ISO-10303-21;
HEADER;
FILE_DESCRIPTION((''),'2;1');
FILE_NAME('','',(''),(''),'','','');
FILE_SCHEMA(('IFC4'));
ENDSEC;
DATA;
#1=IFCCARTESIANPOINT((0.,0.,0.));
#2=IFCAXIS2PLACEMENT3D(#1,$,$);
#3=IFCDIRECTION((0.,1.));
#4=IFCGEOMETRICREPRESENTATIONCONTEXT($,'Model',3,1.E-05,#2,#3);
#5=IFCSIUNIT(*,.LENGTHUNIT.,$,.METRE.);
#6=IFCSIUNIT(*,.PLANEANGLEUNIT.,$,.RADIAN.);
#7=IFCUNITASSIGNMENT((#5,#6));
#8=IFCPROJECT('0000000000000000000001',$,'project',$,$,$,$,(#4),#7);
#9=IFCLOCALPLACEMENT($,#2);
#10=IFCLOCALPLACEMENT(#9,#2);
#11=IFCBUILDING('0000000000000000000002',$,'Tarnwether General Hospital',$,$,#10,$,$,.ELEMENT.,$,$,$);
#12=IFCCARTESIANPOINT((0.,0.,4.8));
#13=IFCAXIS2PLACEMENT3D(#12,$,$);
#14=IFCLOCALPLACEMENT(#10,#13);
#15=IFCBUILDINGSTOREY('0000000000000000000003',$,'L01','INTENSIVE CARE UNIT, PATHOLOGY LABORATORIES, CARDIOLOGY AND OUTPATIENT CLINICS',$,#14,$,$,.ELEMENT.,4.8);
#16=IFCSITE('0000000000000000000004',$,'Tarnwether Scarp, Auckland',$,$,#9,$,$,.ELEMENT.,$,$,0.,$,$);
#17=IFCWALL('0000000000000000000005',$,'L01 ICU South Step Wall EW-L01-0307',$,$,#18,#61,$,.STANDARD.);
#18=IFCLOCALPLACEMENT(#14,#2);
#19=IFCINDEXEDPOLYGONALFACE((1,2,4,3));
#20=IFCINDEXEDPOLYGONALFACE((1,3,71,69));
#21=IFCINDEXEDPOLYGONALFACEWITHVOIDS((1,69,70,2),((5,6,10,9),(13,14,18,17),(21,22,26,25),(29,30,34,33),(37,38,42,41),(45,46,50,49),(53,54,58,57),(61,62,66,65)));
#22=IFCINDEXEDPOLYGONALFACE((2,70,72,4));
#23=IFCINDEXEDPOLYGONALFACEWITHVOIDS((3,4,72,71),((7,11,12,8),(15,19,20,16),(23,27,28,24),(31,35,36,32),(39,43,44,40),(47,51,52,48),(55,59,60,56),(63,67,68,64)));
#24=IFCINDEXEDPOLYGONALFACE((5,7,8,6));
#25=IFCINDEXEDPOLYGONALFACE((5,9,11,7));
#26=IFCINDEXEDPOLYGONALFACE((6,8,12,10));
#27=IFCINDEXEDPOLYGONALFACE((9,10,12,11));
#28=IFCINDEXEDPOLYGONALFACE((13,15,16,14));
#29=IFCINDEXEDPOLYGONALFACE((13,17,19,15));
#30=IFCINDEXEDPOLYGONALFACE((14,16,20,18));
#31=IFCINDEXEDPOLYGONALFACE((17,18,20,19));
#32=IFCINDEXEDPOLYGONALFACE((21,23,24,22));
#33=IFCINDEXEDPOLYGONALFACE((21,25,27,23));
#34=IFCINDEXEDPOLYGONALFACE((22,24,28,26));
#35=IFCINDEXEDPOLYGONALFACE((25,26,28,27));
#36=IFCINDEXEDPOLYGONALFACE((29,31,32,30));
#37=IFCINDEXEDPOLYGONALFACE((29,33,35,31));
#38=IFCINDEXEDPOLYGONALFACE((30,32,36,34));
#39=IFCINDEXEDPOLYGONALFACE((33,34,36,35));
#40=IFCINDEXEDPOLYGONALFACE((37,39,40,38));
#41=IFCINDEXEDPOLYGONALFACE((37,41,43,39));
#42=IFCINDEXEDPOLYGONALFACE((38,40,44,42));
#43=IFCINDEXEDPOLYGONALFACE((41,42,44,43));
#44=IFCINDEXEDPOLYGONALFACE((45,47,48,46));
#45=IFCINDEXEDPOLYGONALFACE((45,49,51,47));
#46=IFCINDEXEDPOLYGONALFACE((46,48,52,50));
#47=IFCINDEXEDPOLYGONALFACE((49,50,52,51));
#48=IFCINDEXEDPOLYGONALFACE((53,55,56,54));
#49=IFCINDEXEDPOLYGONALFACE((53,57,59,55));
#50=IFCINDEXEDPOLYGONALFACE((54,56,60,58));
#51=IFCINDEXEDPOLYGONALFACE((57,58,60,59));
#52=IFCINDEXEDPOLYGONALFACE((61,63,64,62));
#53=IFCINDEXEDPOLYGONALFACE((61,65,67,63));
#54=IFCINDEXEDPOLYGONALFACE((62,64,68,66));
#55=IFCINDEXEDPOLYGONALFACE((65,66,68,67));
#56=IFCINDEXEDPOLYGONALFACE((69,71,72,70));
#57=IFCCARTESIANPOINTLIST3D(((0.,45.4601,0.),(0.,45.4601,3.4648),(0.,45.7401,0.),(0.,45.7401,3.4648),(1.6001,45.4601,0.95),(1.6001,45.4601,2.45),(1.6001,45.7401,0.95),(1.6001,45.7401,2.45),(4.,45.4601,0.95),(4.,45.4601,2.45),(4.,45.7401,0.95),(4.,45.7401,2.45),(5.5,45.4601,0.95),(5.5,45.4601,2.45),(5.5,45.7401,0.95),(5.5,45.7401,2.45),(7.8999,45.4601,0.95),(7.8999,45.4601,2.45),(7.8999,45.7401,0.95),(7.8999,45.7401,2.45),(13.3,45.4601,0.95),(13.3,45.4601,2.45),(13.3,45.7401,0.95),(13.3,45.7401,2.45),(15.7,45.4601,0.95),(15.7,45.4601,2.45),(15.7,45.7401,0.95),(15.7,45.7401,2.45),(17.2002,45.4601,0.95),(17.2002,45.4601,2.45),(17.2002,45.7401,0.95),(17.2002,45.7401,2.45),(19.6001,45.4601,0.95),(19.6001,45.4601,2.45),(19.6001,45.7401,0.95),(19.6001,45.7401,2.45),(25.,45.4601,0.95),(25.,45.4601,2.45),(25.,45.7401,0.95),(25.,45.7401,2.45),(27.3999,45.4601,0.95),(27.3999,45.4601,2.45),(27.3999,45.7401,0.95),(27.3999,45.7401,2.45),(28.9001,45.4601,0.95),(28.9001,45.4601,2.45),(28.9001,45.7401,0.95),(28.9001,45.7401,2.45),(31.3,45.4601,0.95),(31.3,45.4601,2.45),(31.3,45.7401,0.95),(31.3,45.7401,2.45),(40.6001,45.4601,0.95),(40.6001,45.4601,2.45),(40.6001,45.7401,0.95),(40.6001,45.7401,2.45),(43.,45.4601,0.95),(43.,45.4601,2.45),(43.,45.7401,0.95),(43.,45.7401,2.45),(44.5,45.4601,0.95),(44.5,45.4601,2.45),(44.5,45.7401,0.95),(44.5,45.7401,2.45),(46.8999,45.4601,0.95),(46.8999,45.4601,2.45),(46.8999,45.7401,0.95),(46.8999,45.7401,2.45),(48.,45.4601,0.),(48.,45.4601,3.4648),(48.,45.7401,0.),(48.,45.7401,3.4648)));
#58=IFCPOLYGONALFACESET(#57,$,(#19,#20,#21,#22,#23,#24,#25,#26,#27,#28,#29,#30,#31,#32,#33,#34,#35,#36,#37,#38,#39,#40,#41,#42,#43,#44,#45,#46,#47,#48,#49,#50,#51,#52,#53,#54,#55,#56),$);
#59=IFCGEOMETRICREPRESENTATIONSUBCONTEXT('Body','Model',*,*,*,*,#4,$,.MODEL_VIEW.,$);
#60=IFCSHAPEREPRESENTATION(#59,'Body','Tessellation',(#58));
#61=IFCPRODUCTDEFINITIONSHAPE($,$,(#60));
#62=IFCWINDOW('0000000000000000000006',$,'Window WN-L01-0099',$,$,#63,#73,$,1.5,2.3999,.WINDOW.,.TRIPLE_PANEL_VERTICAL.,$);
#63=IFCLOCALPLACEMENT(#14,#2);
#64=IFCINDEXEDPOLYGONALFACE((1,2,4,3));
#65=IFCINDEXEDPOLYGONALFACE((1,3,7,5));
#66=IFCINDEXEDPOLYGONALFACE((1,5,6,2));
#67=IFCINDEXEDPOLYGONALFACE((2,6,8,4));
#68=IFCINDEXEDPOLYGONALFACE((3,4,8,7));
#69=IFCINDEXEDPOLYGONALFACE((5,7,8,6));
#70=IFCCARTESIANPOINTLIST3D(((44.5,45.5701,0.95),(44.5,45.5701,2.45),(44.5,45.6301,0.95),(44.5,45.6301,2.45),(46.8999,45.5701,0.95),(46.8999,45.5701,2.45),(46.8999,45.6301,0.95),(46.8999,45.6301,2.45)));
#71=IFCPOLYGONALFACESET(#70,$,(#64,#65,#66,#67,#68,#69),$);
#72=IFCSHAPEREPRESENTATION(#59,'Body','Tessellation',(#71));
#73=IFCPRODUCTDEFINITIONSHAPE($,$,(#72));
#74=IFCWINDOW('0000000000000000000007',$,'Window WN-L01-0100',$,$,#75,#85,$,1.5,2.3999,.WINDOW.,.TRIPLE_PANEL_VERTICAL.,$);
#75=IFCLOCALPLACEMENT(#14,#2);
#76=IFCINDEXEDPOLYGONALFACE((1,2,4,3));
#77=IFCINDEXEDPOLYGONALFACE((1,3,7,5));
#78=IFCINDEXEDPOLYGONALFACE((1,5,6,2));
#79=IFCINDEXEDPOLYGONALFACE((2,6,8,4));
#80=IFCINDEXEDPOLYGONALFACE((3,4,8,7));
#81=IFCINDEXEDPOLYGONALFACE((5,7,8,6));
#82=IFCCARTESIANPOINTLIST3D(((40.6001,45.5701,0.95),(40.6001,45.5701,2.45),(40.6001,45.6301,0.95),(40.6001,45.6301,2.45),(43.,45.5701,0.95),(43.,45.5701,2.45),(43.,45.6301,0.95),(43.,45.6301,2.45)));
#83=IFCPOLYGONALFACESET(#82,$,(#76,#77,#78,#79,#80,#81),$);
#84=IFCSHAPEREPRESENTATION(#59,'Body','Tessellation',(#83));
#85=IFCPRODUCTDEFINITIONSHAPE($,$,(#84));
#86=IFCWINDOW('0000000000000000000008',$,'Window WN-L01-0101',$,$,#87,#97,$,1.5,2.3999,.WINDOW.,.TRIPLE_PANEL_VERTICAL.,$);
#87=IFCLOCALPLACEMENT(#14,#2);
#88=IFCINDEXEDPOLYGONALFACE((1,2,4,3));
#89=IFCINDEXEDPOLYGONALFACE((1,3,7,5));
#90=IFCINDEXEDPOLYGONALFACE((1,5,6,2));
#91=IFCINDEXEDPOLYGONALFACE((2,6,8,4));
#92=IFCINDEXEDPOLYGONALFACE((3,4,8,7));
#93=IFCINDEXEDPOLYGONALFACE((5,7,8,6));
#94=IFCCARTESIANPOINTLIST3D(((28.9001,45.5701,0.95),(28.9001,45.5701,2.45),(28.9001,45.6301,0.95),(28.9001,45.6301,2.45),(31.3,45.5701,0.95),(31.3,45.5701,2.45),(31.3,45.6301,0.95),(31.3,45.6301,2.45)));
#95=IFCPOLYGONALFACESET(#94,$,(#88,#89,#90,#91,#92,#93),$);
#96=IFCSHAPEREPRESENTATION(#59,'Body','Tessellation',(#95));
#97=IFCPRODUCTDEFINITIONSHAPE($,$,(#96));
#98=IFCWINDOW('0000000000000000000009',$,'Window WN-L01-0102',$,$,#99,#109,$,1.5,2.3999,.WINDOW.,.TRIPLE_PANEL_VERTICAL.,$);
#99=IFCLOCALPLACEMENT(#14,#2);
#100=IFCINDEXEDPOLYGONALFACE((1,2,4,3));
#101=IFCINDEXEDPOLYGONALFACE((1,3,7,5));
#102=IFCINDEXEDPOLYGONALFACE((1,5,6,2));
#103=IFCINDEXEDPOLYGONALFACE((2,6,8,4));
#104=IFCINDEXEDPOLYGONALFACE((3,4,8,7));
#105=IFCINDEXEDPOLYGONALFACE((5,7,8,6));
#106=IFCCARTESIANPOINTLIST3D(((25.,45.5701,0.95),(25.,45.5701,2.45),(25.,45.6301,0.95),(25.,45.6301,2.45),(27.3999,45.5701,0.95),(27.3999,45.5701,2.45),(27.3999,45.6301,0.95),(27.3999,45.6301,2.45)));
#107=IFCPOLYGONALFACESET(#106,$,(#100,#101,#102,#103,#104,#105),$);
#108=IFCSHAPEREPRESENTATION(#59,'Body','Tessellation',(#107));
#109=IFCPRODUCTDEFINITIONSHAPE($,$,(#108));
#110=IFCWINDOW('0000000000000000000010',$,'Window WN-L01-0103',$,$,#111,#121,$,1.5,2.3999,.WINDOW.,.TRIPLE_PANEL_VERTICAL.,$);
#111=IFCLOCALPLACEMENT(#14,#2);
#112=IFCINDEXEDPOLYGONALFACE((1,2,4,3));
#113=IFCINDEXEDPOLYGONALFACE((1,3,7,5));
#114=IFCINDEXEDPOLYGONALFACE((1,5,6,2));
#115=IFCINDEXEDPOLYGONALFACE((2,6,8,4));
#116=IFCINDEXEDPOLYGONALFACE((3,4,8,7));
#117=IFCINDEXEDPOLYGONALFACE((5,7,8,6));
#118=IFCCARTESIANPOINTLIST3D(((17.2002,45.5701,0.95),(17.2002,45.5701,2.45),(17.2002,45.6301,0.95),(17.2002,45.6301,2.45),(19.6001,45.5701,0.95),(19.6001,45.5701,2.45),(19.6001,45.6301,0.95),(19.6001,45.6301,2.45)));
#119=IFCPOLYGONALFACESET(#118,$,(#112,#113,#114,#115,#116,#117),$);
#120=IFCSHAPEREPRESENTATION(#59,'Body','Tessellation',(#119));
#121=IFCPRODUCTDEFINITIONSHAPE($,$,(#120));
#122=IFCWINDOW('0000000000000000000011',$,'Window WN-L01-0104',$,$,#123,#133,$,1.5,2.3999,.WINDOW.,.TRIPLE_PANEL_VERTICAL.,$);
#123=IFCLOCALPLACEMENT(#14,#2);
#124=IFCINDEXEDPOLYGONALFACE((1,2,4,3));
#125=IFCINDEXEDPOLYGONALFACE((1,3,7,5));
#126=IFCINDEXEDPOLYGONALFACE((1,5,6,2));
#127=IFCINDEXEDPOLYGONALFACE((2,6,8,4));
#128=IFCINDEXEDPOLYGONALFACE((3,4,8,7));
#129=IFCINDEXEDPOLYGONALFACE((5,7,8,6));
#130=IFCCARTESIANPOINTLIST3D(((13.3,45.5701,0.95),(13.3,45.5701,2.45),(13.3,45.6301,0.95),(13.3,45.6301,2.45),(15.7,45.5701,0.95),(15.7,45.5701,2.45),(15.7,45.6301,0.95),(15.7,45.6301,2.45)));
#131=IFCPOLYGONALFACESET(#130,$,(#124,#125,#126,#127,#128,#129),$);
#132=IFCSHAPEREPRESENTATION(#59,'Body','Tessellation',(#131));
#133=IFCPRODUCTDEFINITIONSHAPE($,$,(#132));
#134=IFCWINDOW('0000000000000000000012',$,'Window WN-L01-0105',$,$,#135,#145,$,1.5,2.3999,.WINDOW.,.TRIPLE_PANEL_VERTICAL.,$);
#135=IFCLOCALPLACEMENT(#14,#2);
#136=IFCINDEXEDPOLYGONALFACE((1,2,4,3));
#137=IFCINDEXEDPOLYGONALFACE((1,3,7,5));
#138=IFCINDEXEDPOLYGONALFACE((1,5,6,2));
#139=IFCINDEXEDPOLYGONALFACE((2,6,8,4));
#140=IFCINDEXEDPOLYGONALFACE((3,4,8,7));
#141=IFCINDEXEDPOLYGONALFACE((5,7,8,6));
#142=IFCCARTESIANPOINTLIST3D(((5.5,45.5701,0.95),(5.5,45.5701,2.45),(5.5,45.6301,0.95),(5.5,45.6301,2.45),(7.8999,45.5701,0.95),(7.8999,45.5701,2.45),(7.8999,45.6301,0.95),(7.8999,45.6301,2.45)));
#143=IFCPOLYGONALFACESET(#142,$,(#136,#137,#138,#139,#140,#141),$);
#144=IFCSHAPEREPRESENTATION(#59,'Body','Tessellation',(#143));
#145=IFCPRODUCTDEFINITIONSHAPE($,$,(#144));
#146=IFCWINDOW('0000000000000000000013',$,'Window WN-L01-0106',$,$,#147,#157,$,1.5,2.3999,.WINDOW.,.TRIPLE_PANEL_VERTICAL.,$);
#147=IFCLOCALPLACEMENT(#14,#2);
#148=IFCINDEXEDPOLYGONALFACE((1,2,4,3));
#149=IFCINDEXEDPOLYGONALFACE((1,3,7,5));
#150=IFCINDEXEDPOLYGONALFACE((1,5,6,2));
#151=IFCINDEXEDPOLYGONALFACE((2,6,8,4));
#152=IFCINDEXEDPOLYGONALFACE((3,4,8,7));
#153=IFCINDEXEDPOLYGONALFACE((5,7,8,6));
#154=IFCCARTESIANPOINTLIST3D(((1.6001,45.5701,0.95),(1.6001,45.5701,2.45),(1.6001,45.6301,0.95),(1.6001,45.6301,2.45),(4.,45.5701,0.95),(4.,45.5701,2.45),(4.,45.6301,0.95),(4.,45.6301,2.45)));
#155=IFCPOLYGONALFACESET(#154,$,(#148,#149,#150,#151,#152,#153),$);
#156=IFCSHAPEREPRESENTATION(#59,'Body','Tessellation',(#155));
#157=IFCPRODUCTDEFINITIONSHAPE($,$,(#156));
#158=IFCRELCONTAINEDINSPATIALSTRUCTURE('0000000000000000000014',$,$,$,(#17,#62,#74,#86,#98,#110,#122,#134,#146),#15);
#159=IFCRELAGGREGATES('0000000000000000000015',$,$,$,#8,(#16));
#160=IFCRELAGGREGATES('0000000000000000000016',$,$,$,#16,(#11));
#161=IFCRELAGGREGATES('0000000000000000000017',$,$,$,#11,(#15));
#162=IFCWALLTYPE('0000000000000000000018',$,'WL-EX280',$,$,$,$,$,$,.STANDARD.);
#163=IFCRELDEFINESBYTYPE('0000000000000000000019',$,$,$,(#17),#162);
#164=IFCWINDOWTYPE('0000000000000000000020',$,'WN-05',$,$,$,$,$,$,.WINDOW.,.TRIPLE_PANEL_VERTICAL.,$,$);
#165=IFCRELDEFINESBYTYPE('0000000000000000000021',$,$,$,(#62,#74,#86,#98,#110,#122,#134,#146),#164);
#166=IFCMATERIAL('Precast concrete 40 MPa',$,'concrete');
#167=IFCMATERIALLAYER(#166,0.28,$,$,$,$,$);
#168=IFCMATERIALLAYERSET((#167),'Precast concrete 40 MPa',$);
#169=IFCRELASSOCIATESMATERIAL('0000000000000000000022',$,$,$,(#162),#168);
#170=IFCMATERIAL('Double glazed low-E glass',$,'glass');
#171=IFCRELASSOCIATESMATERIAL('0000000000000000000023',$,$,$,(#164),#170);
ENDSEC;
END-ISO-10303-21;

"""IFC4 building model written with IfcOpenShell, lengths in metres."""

from ifc_helpers import new_model, si_unit, direction, frame, frame_2d, origin, place, context, subcontext, project, spatial, rectangle, extrude, material, layer, layer_set, type_object, element, fill, save


model = new_model("IFC4")

# Units and contexts
model_context = context("Model", 3, precision=1e-05, world=origin(), true_north=direction((0.0, 1.0)))
body_context = subcontext(model_context, "Body", "Model", "MODEL_VIEW")
ifc_project = project(units=[si_unit("LENGTHUNIT", "METRE"), si_unit("PLANEANGLEUNIT", "RADIAN")], contexts=[model_context])

# Site, building, storey
site_placement = place(None, origin())
site = spatial("IfcSite", under=ifc_project, at=site_placement, Name="Tarnwether Scarp, Auckland", CompositionType="ELEMENT", RefElevation=0.0)
building_placement = place(site_placement, origin())
building = spatial("IfcBuilding", under=site, at=building_placement, Name="Tarnwether General Hospital", CompositionType="ELEMENT")
storey_placement = place(building_placement, frame((0.0, 0.0, 4.8)))
storey = spatial("IfcBuildingStorey", under=building, at=storey_placement, Name="L01", Description="INTENSIVE CARE UNIT, PATHOLOGY LABORATORIES, CARDIOLOGY AND OUTPATIENT CLINICS", CompositionType="ELEMENT", Elevation=4.8)

# Wall, openings, windows
ifc_material_1 = material(Name="Precast concrete 40 MPa", Category="concrete")
ifc_layer_1 = layer(ifc_material_1, 0.28)
ifc_layer_set_1 = layer_set([ifc_layer_1], Name="Precast concrete 40 MPa")
wall_type = type_object("IfcWallType", Name="WL-EX280", PredefinedType="STANDARD", material=ifc_layer_set_1)
wall_placement = place(storey_placement, frame((48.0, 45.6001, 0.0), z_axis=(0.0, 0.0, 1.0), x_axis=(-1.0, 0.0, 0.0)))
wall = element("IfcWall", 1, at=wall_placement, inside=storey, type_object=wall_type, Name="L01 ICU South Step Wall EW-L01-0307", PredefinedType="STANDARD", context=body_context, shape_type="SweptSolid", body=[
    extrude(rectangle(XDim=48.0, YDim=0.28, at=frame_2d((24.0, 0.0))), origin(), (0.0, 0.0, 1.0), 3.4648),
])
opening_1_placement = place(wall_placement, frame((1.1001, 0.0, 0.95)))
opening_1 = element("IfcOpeningElement", 2, at=opening_1_placement, cuts=wall, PredefinedType="OPENING", context=body_context, shape_type="SweptSolid", body=[
    extrude(rectangle(XDim=2.3999, YDim=1.5, at=frame_2d((1.2, 0.75))), frame((0.0, 0.1499, 0.0), z_axis=(0.0, -1.0, 0.0), x_axis=(1.0, 0.0, 0.0)), (0.0, 0.0, 1.0), 0.3),
])
opening_2_placement = place(wall_placement, frame((5.0, 0.0, 0.95)))
opening_2 = element("IfcOpeningElement", 3, at=opening_2_placement, cuts=wall, PredefinedType="OPENING", context=body_context, shape_type="SweptSolid", body=[
    extrude(rectangle(XDim=2.3999, YDim=1.5, at=frame_2d((1.2, 0.75))), frame((0.0, 0.1499, 0.0), z_axis=(0.0, -1.0, 0.0), x_axis=(1.0, 0.0, 0.0)), (0.0, 0.0, 1.0), 0.3),
])
opening_3_placement = place(wall_placement, frame((16.7, 0.0, 0.95)))
opening_3 = element("IfcOpeningElement", 4, at=opening_3_placement, cuts=wall, PredefinedType="OPENING", context=body_context, shape_type="SweptSolid", body=[
    extrude(rectangle(XDim=2.3999, YDim=1.5, at=frame_2d((1.2, 0.75))), frame((0.0, 0.1499, 0.0), z_axis=(0.0, -1.0, 0.0), x_axis=(1.0, 0.0, 0.0)), (0.0, 0.0, 1.0), 0.3),
])
opening_4_placement = place(wall_placement, frame((20.6001, 0.0, 0.95)))
opening_4 = element("IfcOpeningElement", 5, at=opening_4_placement, cuts=wall, PredefinedType="OPENING", context=body_context, shape_type="SweptSolid", body=[
    extrude(rectangle(XDim=2.3999, YDim=1.5, at=frame_2d((1.2, 0.75))), frame((0.0, 0.1499, 0.0), z_axis=(0.0, -1.0, 0.0), x_axis=(1.0, 0.0, 0.0)), (0.0, 0.0, 1.0), 0.3),
])
opening_5_placement = place(wall_placement, frame((28.3999, 0.0, 0.95)))
opening_5 = element("IfcOpeningElement", 6, at=opening_5_placement, cuts=wall, PredefinedType="OPENING", context=body_context, shape_type="SweptSolid", body=[
    extrude(rectangle(XDim=2.3999, YDim=1.5, at=frame_2d((1.2, 0.75))), frame((0.0, 0.1499, 0.0), z_axis=(0.0, -1.0, 0.0), x_axis=(1.0, 0.0, 0.0)), (0.0, 0.0, 1.0), 0.3),
])
opening_6_placement = place(wall_placement, frame((32.3, 0.0, 0.95)))
opening_6 = element("IfcOpeningElement", 7, at=opening_6_placement, cuts=wall, PredefinedType="OPENING", context=body_context, shape_type="SweptSolid", body=[
    extrude(rectangle(XDim=2.3999, YDim=1.5, at=frame_2d((1.2, 0.75))), frame((0.0, 0.1499, 0.0), z_axis=(0.0, -1.0, 0.0), x_axis=(1.0, 0.0, 0.0)), (0.0, 0.0, 1.0), 0.3),
])
opening_7_placement = place(wall_placement, frame((40.1001, 0.0, 0.95)))
opening_7 = element("IfcOpeningElement", 8, at=opening_7_placement, cuts=wall, PredefinedType="OPENING", context=body_context, shape_type="SweptSolid", body=[
    extrude(rectangle(XDim=2.3999, YDim=1.5, at=frame_2d((1.2, 0.75))), frame((0.0, 0.1499, 0.0), z_axis=(0.0, -1.0, 0.0), x_axis=(1.0, 0.0, 0.0)), (0.0, 0.0, 1.0), 0.3),
])
opening_8_placement = place(wall_placement, frame((44.0, 0.0, 0.95)))
opening_8 = element("IfcOpeningElement", 9, at=opening_8_placement, cuts=wall, PredefinedType="OPENING", context=body_context, shape_type="SweptSolid", body=[
    extrude(rectangle(XDim=2.3999, YDim=1.5, at=frame_2d((1.2, 0.75))), frame((0.0, 0.1499, 0.0), z_axis=(0.0, -1.0, 0.0), x_axis=(1.0, 0.0, 0.0)), (0.0, 0.0, 1.0), 0.3),
])
ifc_material_2 = material(Name="Double glazed low-E glass", Category="glass")
window_type = type_object("IfcWindowType", Name="WN-05", PartitioningType="TRIPLE_PANEL_VERTICAL", PredefinedType="WINDOW", material=ifc_material_2)
window_1_placement = place(opening_1_placement, origin())
window_1 = element("IfcWindow", 10, at=window_1_placement, inside=storey, type_object=window_type, Name="Window WN-L01-0099", OverallHeight=1.5, OverallWidth=2.3999, PartitioningType="TRIPLE_PANEL_VERTICAL", PredefinedType="WINDOW", context=body_context, shape_type="SweptSolid", body=[
    extrude(rectangle(XDim=2.3999, YDim=1.5, at=frame_2d((1.2, 0.75))), frame((0.0, 0.03, 0.0), z_axis=(0.0, -1.0, 0.0), x_axis=(1.0, 0.0, 0.0)), (0.0, 0.0, 1.0), 0.0601),
])
fill(opening_1, window_1)
window_2_placement = place(opening_2_placement, origin())
window_2 = element("IfcWindow", 11, at=window_2_placement, inside=storey, type_object=window_type, Name="Window WN-L01-0100", OverallHeight=1.5, OverallWidth=2.3999, PartitioningType="TRIPLE_PANEL_VERTICAL", PredefinedType="WINDOW", context=body_context, shape_type="SweptSolid", body=[
    extrude(rectangle(XDim=2.3999, YDim=1.5, at=frame_2d((1.2, 0.75))), frame((0.0, 0.03, 0.0), z_axis=(0.0, -1.0, 0.0), x_axis=(1.0, 0.0, 0.0)), (0.0, 0.0, 1.0), 0.0601),
])
fill(opening_2, window_2)
window_3_placement = place(opening_3_placement, origin())
window_3 = element("IfcWindow", 12, at=window_3_placement, inside=storey, type_object=window_type, Name="Window WN-L01-0101", OverallHeight=1.5, OverallWidth=2.3999, PartitioningType="TRIPLE_PANEL_VERTICAL", PredefinedType="WINDOW", context=body_context, shape_type="SweptSolid", body=[
    extrude(rectangle(XDim=2.3999, YDim=1.5, at=frame_2d((1.2, 0.75))), frame((0.0, 0.03, 0.0), z_axis=(0.0, -1.0, 0.0), x_axis=(1.0, 0.0, 0.0)), (0.0, 0.0, 1.0), 0.0601),
])
fill(opening_3, window_3)
window_4_placement = place(opening_4_placement, origin())
window_4 = element("IfcWindow", 13, at=window_4_placement, inside=storey, type_object=window_type, Name="Window WN-L01-0102", OverallHeight=1.5, OverallWidth=2.3999, PartitioningType="TRIPLE_PANEL_VERTICAL", PredefinedType="WINDOW", context=body_context, shape_type="SweptSolid", body=[
    extrude(rectangle(XDim=2.3999, YDim=1.5, at=frame_2d((1.2, 0.75))), frame((0.0, 0.03, 0.0), z_axis=(0.0, -1.0, 0.0), x_axis=(1.0, 0.0, 0.0)), (0.0, 0.0, 1.0), 0.0601),
])
fill(opening_4, window_4)
window_5_placement = place(opening_5_placement, origin())
window_5 = element("IfcWindow", 14, at=window_5_placement, inside=storey, type_object=window_type, Name="Window WN-L01-0103", OverallHeight=1.5, OverallWidth=2.3999, PartitioningType="TRIPLE_PANEL_VERTICAL", PredefinedType="WINDOW", context=body_context, shape_type="SweptSolid", body=[
    extrude(rectangle(XDim=2.3999, YDim=1.5, at=frame_2d((1.2, 0.75))), frame((0.0, 0.03, 0.0), z_axis=(0.0, -1.0, 0.0), x_axis=(1.0, 0.0, 0.0)), (0.0, 0.0, 1.0), 0.0601),
])
fill(opening_5, window_5)
window_6_placement = place(opening_6_placement, origin())
window_6 = element("IfcWindow", 15, at=window_6_placement, inside=storey, type_object=window_type, Name="Window WN-L01-0104", OverallHeight=1.5, OverallWidth=2.3999, PartitioningType="TRIPLE_PANEL_VERTICAL", PredefinedType="WINDOW", context=body_context, shape_type="SweptSolid", body=[
    extrude(rectangle(XDim=2.3999, YDim=1.5, at=frame_2d((1.2, 0.75))), frame((0.0, 0.03, 0.0), z_axis=(0.0, -1.0, 0.0), x_axis=(1.0, 0.0, 0.0)), (0.0, 0.0, 1.0), 0.0601),
])
fill(opening_6, window_6)
window_7_placement = place(opening_7_placement, origin())
window_7 = element("IfcWindow", 16, at=window_7_placement, inside=storey, type_object=window_type, Name="Window WN-L01-0105", OverallHeight=1.5, OverallWidth=2.3999, PartitioningType="TRIPLE_PANEL_VERTICAL", PredefinedType="WINDOW", context=body_context, shape_type="SweptSolid", body=[
    extrude(rectangle(XDim=2.3999, YDim=1.5, at=frame_2d((1.2, 0.75))), frame((0.0, 0.03, 0.0), z_axis=(0.0, -1.0, 0.0), x_axis=(1.0, 0.0, 0.0)), (0.0, 0.0, 1.0), 0.0601),
])
fill(opening_7, window_7)
window_8_placement = place(opening_8_placement, origin())
window_8 = element("IfcWindow", 17, at=window_8_placement, inside=storey, type_object=window_type, Name="Window WN-L01-0106", OverallHeight=1.5, OverallWidth=2.3999, PartitioningType="TRIPLE_PANEL_VERTICAL", PredefinedType="WINDOW", context=body_context, shape_type="SweptSolid", body=[
    extrude(rectangle(XDim=2.3999, YDim=1.5, at=frame_2d((1.2, 0.75))), frame((0.0, 0.03, 0.0), z_axis=(0.0, -1.0, 0.0), x_axis=(1.0, 0.0, 0.0)), (0.0, 0.0, 1.0), 0.0601),
])
fill(opening_8, window_8)

save(model, "model.ifc")
